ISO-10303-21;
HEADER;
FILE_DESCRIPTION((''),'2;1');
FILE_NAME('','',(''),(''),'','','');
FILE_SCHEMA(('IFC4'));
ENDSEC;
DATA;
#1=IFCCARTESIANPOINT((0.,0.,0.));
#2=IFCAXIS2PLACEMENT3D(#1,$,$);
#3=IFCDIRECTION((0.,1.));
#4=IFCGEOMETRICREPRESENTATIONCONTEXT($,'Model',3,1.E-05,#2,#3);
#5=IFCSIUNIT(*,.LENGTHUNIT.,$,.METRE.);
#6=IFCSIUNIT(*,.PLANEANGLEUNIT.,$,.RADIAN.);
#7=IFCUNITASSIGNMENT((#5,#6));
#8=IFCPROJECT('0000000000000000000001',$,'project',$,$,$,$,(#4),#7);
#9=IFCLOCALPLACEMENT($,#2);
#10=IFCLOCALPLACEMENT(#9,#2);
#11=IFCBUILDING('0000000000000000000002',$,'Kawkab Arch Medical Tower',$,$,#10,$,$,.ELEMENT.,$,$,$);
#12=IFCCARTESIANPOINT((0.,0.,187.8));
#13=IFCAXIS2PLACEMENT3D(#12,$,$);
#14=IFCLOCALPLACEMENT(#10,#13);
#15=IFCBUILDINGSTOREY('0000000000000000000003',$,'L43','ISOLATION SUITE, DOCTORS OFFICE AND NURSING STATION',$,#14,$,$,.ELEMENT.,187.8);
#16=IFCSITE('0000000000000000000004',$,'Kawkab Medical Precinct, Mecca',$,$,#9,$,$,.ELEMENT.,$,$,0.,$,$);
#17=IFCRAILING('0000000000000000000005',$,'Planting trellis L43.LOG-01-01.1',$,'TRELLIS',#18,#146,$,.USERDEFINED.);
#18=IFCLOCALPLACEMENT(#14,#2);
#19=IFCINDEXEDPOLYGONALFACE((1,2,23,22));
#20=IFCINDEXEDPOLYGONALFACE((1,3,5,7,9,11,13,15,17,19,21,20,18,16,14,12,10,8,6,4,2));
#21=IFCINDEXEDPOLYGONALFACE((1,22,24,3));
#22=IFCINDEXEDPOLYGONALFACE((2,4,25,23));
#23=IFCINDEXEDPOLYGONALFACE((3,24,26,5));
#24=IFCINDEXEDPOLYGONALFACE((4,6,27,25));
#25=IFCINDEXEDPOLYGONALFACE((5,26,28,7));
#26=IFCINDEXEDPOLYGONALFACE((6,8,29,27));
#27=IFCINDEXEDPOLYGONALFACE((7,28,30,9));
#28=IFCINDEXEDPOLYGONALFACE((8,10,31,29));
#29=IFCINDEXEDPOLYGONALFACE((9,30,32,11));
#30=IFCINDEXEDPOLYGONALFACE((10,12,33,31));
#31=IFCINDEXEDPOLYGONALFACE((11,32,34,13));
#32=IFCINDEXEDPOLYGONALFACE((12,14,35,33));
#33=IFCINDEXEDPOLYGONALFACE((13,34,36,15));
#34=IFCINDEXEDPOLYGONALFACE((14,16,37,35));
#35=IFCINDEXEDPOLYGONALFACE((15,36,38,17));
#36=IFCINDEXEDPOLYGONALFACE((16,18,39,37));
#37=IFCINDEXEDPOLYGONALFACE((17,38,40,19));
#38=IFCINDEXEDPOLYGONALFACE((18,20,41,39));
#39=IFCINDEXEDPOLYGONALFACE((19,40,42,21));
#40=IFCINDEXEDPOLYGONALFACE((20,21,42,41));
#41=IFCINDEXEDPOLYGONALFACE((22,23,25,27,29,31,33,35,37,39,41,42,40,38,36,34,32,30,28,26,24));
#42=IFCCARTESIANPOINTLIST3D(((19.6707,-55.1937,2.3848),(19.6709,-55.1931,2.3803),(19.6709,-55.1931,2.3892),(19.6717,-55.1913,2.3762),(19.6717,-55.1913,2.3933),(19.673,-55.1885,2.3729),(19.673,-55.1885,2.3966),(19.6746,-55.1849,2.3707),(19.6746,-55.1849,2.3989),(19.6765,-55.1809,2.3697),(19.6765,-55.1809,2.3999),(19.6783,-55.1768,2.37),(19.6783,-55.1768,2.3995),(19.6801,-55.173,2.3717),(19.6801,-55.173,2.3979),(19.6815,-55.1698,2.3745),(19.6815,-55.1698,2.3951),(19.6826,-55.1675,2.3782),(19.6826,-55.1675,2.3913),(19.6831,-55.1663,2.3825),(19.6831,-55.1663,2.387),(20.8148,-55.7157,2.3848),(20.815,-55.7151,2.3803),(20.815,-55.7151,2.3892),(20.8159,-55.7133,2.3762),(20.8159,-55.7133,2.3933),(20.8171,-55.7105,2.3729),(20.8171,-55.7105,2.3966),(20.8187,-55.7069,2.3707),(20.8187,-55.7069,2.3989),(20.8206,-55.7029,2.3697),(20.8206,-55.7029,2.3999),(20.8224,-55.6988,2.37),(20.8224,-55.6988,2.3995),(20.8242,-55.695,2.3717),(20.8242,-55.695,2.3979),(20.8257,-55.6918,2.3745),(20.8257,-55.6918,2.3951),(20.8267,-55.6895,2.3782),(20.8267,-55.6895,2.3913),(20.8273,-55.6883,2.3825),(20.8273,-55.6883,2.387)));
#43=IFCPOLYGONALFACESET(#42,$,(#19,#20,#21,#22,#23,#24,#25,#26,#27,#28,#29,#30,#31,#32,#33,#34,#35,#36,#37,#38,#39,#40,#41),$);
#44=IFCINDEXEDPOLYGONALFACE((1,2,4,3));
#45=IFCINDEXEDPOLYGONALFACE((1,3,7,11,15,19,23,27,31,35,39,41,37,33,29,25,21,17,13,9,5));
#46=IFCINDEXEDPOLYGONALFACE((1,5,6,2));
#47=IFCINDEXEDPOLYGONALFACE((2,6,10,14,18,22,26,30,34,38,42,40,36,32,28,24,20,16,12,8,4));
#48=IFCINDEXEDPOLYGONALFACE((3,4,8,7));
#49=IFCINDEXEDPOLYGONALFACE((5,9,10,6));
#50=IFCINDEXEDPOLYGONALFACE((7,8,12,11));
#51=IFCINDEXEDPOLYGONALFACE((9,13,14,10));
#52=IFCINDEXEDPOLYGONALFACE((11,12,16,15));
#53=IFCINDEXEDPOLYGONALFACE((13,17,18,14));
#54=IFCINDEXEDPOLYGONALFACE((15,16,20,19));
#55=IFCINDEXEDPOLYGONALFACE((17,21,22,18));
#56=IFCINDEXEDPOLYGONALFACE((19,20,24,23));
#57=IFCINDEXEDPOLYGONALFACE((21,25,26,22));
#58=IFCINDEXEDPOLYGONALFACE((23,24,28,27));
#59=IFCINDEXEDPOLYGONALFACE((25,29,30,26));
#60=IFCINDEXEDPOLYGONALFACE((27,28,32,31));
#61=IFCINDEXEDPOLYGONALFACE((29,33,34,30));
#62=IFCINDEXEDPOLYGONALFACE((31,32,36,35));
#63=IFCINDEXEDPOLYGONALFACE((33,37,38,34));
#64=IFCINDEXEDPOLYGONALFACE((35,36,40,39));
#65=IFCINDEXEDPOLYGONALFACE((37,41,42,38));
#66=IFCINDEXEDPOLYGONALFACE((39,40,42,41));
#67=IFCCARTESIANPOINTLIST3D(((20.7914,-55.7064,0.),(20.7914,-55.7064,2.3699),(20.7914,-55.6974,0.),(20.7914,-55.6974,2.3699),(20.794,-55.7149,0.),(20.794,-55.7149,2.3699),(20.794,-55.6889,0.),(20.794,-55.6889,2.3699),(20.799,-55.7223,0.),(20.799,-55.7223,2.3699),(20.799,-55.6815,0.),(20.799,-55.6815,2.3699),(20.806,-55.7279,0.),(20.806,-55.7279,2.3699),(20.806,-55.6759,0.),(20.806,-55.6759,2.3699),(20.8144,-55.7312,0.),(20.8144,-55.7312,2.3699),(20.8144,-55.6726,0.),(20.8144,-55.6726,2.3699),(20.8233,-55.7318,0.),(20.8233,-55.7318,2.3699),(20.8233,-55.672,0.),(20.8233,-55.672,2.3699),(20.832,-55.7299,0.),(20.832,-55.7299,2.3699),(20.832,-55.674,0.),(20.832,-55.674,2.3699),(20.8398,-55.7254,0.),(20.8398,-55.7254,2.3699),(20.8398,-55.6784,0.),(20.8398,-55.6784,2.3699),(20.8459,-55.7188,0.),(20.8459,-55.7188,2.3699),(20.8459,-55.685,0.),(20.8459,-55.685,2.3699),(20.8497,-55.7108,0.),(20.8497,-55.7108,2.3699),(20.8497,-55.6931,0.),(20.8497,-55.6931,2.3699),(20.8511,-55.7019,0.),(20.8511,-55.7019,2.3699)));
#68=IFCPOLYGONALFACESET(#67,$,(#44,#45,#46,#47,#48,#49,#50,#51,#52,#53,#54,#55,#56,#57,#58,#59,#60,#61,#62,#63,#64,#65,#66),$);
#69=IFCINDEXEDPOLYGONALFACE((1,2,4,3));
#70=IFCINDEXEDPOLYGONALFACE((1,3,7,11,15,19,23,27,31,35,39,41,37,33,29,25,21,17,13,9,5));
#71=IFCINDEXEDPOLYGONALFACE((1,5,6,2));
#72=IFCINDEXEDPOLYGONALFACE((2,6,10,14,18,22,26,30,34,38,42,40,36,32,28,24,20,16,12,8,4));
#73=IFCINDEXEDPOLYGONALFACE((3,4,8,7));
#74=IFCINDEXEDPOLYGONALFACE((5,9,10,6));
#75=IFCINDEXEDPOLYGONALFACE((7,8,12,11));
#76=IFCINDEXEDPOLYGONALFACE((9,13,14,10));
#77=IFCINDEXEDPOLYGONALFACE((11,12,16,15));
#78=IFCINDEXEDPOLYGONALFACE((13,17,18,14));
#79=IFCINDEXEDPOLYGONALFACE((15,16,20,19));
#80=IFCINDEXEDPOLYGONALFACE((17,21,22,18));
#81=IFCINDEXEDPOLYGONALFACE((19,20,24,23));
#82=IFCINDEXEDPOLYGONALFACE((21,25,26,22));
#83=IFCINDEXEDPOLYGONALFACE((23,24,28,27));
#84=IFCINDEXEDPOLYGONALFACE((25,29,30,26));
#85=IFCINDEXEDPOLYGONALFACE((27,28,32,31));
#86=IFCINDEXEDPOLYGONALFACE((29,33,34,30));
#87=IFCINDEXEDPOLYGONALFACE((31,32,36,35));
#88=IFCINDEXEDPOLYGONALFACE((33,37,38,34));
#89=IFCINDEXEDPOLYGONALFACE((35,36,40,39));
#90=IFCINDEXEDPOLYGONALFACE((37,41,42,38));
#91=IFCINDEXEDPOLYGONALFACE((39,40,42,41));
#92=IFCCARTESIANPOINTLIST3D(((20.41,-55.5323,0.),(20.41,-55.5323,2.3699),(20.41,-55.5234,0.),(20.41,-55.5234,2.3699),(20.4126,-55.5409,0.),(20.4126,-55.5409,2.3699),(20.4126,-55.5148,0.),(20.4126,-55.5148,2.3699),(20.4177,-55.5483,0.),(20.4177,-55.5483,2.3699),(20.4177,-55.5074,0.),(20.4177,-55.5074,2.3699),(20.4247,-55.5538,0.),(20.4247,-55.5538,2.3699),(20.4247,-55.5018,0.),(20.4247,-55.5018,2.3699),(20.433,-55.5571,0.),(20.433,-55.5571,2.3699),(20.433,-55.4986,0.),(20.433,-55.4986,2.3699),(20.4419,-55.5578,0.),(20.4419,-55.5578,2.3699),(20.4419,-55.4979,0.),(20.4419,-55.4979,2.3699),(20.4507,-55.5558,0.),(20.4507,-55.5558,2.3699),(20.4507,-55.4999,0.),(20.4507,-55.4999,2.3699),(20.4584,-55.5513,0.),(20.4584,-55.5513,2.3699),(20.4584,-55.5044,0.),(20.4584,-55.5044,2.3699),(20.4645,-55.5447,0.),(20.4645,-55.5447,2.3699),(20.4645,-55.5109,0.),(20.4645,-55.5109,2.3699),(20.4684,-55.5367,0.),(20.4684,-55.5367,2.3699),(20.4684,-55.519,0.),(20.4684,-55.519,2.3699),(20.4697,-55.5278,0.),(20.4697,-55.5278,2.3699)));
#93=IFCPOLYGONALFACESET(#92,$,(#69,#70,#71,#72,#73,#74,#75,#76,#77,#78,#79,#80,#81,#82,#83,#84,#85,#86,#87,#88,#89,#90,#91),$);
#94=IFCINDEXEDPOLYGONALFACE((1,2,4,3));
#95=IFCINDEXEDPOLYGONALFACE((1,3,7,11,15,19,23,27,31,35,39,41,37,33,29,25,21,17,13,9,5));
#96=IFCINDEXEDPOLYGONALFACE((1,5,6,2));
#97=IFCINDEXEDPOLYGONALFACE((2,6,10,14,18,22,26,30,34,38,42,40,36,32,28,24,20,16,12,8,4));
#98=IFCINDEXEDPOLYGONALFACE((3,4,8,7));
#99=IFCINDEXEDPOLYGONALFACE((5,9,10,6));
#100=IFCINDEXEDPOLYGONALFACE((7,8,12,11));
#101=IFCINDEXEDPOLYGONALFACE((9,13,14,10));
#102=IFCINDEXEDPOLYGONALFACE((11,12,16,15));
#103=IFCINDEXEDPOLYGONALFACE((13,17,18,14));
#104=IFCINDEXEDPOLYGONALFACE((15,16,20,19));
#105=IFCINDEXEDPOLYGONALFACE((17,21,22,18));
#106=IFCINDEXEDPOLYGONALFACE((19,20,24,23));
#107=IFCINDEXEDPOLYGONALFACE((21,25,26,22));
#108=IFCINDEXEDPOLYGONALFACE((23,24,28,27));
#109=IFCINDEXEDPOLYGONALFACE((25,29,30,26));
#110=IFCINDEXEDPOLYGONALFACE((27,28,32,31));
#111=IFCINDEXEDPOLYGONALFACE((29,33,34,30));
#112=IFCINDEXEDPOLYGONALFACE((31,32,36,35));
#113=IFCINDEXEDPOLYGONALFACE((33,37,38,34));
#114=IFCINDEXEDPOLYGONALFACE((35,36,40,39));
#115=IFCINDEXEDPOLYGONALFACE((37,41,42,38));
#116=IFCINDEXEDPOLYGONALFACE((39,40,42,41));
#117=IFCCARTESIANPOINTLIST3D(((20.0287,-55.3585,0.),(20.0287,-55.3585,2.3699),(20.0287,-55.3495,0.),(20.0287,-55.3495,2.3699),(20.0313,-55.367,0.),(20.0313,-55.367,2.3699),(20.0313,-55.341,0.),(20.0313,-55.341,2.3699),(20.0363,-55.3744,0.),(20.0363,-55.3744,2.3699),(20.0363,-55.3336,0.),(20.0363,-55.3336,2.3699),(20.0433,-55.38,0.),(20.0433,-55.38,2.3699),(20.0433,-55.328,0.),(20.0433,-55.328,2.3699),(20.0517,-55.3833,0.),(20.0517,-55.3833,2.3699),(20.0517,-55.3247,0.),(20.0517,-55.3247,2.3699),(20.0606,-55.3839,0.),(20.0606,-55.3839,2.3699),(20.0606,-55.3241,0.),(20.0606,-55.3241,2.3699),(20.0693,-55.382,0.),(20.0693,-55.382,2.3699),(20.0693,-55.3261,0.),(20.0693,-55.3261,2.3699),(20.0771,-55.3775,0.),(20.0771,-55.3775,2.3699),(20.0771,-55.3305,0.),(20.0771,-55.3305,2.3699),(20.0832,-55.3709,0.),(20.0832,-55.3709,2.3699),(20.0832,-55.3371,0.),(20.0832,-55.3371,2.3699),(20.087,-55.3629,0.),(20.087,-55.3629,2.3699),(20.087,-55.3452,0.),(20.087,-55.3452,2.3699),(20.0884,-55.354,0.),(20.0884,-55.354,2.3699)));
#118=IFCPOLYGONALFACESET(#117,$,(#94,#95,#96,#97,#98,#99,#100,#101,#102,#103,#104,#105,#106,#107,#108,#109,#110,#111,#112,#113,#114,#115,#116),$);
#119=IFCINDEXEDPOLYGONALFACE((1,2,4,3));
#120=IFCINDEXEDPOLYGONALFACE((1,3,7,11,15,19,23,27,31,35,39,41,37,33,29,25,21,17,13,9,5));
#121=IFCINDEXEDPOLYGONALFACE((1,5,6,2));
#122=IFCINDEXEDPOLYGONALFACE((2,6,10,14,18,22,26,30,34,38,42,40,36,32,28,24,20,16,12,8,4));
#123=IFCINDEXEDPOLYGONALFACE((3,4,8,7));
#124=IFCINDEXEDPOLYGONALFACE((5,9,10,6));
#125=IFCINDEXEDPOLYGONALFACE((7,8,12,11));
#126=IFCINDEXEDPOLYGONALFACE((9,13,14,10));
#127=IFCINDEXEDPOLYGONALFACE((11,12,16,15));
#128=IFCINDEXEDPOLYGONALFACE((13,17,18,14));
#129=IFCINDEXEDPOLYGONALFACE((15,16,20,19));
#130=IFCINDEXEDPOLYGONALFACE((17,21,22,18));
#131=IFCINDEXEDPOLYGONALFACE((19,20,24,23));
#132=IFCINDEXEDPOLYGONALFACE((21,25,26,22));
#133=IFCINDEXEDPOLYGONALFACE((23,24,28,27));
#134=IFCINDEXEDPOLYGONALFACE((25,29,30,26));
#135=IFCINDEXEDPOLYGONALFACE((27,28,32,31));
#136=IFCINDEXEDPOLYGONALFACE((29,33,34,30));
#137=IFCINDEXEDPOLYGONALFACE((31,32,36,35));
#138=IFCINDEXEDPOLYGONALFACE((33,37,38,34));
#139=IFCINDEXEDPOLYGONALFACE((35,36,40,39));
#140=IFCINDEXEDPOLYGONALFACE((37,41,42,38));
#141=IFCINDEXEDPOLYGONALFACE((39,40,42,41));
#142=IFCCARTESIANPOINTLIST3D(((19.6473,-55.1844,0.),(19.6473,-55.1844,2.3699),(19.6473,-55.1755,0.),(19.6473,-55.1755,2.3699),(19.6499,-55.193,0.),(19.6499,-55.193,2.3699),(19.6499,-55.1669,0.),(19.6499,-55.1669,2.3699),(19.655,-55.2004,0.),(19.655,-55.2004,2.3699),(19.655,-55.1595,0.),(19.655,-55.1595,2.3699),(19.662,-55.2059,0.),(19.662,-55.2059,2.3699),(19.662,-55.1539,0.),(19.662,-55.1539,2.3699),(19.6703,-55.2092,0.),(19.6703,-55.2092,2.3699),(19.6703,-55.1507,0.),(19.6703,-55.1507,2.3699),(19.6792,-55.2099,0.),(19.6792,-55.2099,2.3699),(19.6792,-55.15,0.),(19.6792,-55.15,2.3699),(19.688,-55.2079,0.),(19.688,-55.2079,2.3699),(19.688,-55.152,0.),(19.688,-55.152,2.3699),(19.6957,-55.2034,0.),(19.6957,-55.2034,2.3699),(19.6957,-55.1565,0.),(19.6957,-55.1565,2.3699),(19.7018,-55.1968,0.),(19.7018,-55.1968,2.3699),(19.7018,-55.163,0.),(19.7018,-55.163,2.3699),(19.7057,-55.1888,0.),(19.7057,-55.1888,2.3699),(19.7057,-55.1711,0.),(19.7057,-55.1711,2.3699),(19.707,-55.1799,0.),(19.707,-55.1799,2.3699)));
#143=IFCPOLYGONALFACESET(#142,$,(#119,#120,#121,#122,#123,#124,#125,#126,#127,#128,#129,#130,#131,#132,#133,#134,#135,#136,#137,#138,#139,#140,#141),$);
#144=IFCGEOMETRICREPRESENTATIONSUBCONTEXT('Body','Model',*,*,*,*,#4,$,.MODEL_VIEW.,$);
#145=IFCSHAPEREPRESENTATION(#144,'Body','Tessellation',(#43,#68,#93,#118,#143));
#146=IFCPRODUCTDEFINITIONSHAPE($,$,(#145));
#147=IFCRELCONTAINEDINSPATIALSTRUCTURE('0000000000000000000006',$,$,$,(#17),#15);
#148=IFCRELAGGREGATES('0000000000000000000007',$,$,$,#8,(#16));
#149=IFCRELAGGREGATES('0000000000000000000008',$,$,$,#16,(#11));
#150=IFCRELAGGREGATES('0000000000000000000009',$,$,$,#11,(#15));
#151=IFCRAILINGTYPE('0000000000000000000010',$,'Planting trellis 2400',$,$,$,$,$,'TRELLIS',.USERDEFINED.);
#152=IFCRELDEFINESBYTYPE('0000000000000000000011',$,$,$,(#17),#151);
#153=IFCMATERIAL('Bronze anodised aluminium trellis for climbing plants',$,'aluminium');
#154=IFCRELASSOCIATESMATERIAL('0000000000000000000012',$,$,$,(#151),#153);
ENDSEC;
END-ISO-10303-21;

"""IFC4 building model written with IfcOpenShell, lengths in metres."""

from ifc_helpers import new_model, si_unit, direction, frame, origin, origin_2d, place, context, subcontext, project, spatial, circle, extrude, material, type_object, element, save


model = new_model("IFC4")

# Units and contexts
model_context = context("Model", 3, precision=1e-05, world=origin(), true_north=direction((0.0, 1.0)))
body_context = subcontext(model_context, "Body", "Model", "MODEL_VIEW")
ifc_project = project(units=[si_unit("LENGTHUNIT", "METRE"), si_unit("PLANEANGLEUNIT", "RADIAN")], contexts=[model_context])

# Site, building, storey
site_placement = place(None, origin())
site = spatial("IfcSite", under=ifc_project, at=site_placement, Name="Kawkab Medical Precinct, Mecca", CompositionType="ELEMENT", RefElevation=0.0)
building_placement = place(site_placement, origin())
building = spatial("IfcBuilding", under=site, at=building_placement, Name="Kawkab Arch Medical Tower", CompositionType="ELEMENT")
storey_placement = place(building_placement, frame((0.0, 0.0, 187.8)))
storey = spatial("IfcBuildingStorey", under=building, at=storey_placement, Name="L43", Description="ISOLATION SUITE, DOCTORS OFFICE AND NURSING STATION", CompositionType="ELEMENT", Elevation=187.8)

# Railing
ifc_material_1 = material(Name="Bronze anodised aluminium trellis for climbing plants", Category="aluminium")
railing_type_1 = type_object("IfcRailingType", Name="Planting trellis 2400", ElementType="TRELLIS", PredefinedType="USERDEFINED", material=ifc_material_1)
railing_1_placement = place(storey_placement, frame((20.821, -55.7019, 0.0)))
element("IfcRailing", 1, at=railing_1_placement, inside=storey, type_object=railing_type_1, Name="Planting trellis L43.LOG-01-01.1", ObjectType="TRELLIS", PredefinedType="USERDEFINED", context=body_context, shape_type="SweptSolid", body=[
    extrude(circle(Radius=0.0151, at=origin_2d()), frame((0.0, 0.0, 2.3848), z_axis=(-0.90978, 0.41509, 0.0), x_axis=(-0.41509, -0.90978, 0.0)), (0.0, 0.0, 1.0), 1.2576),
    extrude(circle(Radius=0.03, at=origin_2d()), origin(), (0.0, 0.0, 1.0), 2.3699),
    extrude(circle(Radius=0.03, at=origin_2d()), frame((-0.3813, 0.1741, 0.0)), (0.0, 0.0, 1.0), 2.3699),
    extrude(circle(Radius=0.03, at=origin_2d()), frame((-0.7627, 0.3479, 0.0)), (0.0, 0.0, 1.0), 2.3699),
    extrude(circle(Radius=0.03, at=origin_2d()), frame((-1.144, 0.522, 0.0)), (0.0, 0.0, 1.0), 2.3699),
])

save(model, "model.ifc")
